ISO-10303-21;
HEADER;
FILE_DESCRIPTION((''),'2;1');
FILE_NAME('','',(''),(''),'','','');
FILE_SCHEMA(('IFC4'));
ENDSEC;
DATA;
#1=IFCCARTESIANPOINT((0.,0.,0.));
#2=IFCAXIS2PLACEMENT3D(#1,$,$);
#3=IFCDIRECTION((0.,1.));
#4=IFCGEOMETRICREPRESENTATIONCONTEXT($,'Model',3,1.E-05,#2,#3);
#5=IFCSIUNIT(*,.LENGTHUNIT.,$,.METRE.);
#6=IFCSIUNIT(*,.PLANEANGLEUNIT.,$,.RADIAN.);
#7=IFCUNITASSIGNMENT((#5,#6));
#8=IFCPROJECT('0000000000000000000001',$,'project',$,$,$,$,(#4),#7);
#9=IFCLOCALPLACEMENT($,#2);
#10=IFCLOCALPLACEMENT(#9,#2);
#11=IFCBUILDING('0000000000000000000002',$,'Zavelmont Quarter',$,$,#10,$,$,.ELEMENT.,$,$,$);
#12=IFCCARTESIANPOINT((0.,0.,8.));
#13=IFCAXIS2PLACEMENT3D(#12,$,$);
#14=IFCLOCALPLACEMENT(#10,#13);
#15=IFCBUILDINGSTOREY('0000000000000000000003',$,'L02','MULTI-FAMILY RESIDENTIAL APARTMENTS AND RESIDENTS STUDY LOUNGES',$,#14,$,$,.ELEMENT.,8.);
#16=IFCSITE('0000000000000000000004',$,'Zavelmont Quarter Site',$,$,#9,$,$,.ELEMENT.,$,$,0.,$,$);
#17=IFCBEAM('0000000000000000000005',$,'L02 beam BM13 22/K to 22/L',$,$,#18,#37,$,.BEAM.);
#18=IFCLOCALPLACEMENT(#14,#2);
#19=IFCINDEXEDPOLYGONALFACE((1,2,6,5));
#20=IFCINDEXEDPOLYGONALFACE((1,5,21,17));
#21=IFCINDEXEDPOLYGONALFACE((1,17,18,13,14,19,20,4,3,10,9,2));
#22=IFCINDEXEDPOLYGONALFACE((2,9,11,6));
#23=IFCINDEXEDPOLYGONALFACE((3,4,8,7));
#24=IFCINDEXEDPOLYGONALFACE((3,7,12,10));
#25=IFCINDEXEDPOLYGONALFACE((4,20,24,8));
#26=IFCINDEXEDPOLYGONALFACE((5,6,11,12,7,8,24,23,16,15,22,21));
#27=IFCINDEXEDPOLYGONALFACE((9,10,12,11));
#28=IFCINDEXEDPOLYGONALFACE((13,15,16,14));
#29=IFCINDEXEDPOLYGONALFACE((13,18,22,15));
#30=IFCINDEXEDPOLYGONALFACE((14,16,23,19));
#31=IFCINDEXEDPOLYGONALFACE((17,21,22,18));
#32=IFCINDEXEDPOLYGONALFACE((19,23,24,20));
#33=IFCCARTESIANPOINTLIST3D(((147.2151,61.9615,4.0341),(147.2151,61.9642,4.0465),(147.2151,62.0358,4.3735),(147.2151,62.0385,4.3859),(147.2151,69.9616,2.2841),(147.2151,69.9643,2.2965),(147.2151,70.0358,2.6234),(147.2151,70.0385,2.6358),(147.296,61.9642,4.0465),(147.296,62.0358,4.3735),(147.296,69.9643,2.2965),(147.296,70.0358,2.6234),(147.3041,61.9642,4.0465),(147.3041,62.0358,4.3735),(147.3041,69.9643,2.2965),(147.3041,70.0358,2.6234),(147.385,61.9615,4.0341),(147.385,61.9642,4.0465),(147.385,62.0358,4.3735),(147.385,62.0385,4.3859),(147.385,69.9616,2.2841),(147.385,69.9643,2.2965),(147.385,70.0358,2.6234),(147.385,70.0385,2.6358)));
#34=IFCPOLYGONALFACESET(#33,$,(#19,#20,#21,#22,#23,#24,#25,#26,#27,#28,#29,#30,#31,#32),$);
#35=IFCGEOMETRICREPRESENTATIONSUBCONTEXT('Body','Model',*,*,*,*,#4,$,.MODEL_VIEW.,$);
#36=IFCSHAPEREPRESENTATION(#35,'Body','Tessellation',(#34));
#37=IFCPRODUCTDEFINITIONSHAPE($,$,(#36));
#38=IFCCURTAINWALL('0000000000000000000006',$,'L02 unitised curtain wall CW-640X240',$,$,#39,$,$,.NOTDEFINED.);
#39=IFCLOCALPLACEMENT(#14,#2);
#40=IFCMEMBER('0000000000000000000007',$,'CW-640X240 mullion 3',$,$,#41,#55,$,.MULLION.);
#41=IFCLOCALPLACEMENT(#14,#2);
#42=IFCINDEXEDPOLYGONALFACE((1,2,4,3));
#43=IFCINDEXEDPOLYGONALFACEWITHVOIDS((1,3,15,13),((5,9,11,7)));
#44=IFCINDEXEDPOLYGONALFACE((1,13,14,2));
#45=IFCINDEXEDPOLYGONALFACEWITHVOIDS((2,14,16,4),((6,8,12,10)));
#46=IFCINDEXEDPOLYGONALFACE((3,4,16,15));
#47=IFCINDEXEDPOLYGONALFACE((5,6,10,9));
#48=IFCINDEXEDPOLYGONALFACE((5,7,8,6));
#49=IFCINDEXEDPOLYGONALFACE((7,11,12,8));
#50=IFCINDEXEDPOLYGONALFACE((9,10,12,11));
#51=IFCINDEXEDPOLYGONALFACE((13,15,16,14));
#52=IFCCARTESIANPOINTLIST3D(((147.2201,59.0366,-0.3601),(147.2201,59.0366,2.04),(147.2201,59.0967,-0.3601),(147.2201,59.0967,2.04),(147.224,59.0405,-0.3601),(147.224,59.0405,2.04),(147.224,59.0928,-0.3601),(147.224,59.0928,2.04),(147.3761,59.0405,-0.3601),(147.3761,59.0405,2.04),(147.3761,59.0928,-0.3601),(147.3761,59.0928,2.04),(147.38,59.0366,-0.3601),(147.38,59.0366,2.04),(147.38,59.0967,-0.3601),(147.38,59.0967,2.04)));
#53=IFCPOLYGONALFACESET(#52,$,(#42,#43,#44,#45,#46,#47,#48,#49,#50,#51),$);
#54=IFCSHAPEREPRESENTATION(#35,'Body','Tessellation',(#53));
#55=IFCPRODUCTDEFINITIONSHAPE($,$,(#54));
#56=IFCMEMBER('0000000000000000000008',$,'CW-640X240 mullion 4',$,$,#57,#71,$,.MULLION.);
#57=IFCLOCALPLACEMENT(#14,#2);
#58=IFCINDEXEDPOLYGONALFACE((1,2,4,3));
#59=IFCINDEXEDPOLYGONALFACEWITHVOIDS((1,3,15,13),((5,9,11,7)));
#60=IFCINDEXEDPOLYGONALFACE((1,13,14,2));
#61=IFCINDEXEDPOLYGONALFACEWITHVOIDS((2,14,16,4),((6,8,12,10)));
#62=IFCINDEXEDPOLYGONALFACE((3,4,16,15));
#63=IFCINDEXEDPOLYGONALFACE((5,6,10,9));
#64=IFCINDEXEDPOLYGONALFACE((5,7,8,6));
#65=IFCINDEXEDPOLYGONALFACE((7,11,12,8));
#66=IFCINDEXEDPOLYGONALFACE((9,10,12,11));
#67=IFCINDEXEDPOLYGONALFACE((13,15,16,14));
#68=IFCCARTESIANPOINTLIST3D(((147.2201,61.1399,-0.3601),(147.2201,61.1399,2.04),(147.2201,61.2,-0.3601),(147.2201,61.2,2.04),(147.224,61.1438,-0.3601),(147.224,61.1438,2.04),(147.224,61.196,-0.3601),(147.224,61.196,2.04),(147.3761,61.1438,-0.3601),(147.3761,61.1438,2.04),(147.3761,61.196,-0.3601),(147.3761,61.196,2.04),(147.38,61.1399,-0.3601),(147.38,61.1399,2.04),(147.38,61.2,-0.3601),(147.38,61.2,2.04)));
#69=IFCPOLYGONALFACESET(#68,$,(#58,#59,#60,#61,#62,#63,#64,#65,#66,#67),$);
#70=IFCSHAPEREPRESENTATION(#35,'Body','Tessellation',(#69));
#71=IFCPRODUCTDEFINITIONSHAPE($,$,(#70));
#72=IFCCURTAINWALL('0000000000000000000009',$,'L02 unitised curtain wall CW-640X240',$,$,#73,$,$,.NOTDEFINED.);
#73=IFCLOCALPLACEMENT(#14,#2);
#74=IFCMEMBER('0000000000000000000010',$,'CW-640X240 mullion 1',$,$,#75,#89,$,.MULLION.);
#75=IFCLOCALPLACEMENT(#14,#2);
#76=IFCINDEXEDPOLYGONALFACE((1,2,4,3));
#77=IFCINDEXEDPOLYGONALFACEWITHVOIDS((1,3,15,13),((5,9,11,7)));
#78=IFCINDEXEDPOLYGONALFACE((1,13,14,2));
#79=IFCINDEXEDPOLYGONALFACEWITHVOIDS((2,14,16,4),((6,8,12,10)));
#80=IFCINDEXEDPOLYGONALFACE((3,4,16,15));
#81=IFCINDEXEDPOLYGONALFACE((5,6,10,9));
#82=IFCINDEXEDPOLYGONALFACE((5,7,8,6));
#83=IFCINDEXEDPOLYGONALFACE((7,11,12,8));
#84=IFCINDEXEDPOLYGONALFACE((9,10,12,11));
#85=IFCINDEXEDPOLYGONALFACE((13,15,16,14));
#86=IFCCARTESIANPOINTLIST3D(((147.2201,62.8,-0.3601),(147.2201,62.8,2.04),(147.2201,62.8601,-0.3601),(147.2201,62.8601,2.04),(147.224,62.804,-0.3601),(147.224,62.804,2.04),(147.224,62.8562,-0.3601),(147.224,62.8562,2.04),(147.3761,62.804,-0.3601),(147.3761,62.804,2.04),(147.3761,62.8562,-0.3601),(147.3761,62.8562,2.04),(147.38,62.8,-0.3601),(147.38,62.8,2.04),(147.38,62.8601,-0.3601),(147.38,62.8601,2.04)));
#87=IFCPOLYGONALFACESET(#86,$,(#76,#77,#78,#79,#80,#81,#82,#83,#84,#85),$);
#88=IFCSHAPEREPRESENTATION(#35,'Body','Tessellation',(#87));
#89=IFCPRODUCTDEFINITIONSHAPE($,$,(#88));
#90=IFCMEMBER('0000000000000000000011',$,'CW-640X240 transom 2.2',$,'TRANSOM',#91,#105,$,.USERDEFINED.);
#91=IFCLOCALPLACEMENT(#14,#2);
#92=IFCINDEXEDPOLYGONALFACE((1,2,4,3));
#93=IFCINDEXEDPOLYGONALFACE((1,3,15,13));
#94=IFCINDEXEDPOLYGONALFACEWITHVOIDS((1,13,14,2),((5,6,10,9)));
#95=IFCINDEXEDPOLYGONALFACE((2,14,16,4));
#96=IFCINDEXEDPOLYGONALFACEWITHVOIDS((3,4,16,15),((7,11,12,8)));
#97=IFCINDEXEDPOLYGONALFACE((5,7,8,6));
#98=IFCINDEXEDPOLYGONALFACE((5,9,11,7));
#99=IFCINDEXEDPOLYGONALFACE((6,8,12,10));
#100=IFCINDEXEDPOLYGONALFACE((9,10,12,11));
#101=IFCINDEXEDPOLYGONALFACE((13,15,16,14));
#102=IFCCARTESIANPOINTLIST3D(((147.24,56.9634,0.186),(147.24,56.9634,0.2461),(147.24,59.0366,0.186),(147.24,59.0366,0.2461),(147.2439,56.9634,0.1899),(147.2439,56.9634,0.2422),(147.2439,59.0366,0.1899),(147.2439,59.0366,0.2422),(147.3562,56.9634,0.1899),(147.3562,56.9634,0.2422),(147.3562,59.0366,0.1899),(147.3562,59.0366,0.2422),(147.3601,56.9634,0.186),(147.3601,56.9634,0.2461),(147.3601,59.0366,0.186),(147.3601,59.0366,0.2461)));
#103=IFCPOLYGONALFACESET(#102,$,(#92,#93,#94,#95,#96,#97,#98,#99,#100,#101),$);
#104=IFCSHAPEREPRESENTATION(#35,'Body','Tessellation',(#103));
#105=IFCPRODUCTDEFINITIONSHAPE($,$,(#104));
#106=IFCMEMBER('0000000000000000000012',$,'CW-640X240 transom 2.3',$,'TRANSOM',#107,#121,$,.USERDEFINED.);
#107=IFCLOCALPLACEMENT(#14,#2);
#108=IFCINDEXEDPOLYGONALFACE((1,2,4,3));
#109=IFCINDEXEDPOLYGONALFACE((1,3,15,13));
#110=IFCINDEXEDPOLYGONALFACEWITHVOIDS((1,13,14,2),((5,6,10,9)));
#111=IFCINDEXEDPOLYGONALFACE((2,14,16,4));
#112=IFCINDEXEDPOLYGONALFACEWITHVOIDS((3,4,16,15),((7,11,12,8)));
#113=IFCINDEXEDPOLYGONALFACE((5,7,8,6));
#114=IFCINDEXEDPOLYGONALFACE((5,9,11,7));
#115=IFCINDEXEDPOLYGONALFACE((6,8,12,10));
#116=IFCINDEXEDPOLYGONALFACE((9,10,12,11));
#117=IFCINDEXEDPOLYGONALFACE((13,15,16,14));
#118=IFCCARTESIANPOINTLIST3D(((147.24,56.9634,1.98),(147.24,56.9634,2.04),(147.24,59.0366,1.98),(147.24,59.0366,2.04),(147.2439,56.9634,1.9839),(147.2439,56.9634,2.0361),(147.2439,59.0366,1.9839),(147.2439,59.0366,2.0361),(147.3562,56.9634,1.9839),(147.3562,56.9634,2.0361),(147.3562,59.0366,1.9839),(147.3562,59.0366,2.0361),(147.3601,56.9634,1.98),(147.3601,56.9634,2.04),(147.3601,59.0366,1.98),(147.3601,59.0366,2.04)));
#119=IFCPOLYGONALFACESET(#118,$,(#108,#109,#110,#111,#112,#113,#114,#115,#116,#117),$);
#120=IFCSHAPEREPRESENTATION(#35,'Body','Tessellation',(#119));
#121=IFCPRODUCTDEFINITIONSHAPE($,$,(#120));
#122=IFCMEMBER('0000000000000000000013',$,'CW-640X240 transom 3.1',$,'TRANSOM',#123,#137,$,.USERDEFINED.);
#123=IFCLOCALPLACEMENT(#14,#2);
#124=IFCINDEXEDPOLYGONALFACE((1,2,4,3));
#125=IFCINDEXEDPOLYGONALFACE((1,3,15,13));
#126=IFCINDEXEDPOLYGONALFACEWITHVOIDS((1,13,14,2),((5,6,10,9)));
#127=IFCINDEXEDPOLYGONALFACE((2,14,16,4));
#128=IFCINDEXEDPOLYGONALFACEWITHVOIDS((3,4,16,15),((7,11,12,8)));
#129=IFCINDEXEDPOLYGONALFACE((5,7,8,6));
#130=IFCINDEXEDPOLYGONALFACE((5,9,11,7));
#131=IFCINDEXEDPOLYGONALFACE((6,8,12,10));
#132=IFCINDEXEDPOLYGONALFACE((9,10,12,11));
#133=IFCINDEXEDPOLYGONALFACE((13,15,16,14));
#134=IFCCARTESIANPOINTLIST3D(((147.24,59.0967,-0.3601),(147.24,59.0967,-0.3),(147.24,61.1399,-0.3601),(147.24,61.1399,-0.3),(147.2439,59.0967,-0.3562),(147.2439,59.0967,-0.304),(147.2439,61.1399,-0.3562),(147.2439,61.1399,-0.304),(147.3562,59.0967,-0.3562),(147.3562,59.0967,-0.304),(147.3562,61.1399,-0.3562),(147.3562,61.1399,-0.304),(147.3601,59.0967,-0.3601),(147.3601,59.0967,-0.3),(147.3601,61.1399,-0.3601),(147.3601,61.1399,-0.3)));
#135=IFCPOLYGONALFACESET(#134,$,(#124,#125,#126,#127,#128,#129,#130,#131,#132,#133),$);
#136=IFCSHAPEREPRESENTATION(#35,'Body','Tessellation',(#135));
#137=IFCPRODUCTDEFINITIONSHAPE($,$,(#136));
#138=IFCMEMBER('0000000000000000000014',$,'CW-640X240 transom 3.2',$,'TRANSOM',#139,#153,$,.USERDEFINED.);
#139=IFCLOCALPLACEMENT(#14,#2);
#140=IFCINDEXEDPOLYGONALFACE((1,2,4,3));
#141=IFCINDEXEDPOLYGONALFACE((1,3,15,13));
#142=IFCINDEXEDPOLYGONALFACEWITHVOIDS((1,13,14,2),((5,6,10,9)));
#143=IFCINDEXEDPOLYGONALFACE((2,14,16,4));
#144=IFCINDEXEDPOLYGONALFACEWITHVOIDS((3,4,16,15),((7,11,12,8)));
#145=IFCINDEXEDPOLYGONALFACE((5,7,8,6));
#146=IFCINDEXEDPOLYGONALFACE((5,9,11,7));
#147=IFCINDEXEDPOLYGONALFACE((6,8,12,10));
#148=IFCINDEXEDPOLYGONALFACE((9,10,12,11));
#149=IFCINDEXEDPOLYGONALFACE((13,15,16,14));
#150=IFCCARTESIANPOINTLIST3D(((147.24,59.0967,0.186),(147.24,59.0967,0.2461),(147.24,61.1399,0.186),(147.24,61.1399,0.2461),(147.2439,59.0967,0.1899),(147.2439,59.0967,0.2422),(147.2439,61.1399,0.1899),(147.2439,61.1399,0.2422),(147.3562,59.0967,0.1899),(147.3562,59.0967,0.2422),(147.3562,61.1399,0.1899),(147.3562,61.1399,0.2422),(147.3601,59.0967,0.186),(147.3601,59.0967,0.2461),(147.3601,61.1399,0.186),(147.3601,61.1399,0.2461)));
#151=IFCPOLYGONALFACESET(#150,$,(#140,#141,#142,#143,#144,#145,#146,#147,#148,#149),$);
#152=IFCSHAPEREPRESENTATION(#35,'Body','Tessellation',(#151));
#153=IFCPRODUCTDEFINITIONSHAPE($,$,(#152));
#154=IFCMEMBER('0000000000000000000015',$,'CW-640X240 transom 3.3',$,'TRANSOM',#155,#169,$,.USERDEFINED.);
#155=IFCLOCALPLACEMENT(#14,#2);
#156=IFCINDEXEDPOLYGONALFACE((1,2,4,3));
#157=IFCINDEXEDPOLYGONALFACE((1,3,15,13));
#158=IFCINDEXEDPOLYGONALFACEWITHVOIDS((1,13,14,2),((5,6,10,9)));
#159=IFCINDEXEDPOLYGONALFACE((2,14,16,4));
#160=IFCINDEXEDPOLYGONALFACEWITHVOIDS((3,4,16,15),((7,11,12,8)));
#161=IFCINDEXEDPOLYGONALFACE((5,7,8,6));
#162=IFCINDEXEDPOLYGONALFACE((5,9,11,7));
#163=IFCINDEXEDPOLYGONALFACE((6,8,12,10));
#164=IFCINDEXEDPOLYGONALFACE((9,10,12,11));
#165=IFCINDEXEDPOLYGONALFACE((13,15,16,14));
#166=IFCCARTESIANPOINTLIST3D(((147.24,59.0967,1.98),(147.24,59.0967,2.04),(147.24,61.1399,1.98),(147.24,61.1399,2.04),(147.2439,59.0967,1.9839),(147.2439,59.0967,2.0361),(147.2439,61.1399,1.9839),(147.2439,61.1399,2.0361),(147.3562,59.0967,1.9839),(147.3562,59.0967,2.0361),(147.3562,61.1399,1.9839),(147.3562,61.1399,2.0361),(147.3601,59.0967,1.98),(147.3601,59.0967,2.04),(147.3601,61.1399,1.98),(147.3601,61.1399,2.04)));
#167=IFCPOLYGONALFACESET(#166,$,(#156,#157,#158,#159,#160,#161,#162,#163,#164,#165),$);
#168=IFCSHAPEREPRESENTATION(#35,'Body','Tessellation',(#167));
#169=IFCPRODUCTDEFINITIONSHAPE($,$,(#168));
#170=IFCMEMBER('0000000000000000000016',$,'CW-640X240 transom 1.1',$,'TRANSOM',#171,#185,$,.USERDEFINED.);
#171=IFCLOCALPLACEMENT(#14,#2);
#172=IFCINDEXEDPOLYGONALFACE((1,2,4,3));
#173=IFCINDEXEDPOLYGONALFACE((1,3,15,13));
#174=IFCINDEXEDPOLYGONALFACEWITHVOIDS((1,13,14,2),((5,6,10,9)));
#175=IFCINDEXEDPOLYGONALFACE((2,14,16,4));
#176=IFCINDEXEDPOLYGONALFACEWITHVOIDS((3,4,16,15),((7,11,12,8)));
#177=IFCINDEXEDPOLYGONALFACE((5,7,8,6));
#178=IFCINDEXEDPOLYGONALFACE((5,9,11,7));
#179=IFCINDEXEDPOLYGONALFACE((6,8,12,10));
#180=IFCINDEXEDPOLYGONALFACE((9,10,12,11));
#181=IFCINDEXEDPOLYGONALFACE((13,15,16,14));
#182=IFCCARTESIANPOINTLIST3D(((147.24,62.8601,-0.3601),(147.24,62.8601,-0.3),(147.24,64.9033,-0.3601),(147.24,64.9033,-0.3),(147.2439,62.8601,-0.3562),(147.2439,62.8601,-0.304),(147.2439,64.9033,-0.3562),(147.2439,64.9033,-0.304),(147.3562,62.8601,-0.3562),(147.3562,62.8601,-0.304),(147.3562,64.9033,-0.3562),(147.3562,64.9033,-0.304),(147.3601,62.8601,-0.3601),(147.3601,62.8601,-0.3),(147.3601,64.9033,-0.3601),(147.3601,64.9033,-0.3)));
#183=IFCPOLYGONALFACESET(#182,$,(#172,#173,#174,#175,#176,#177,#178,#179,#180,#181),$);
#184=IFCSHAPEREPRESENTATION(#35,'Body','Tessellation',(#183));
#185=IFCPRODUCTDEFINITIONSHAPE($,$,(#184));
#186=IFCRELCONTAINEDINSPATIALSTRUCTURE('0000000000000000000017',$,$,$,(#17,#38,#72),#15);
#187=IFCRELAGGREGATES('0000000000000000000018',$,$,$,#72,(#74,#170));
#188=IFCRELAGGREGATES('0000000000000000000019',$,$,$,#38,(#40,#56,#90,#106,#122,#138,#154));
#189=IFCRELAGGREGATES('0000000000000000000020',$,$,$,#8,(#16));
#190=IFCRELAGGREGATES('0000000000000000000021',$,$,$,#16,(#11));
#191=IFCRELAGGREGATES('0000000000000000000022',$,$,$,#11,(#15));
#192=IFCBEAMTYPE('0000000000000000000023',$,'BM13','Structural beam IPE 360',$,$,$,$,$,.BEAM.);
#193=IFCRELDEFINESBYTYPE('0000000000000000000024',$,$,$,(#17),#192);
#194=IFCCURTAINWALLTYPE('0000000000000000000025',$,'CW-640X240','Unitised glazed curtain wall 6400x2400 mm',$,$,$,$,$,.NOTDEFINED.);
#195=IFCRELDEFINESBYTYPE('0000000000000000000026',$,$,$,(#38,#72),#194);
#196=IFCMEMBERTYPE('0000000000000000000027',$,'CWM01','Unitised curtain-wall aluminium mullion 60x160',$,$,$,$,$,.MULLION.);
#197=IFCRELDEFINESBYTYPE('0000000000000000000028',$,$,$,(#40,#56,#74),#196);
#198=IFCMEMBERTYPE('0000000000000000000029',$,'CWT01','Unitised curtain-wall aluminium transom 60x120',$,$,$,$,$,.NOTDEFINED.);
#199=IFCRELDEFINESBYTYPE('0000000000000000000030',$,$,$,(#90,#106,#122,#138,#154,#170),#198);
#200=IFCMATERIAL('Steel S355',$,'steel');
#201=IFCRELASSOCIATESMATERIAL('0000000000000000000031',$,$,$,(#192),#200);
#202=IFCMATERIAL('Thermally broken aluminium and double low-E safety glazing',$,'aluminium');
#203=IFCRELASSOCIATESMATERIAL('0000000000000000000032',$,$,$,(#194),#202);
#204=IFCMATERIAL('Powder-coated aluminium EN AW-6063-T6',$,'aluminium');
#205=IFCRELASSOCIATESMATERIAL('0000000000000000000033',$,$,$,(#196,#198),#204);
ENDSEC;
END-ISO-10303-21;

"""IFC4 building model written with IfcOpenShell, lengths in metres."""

from ifc_helpers import new_model, si_unit, direction, frame, origin, origin_2d, place, context, subcontext, project, spatial, hollow_rectangle, i_section, extrude, material, material_profile, profile_set, type_object, element, aggregate, save


model = new_model("IFC4")

# Units and contexts
model_context = context("Model", 3, precision=1e-05, world=origin(), true_north=direction((0.0, 1.0)))
body_context = subcontext(model_context, "Body", "Model", "MODEL_VIEW")
ifc_project = project(units=[si_unit("LENGTHUNIT", "METRE"), si_unit("PLANEANGLEUNIT", "RADIAN")], contexts=[model_context])

# Site, building, storey
site_placement = place(None, origin())
site = spatial("IfcSite", under=ifc_project, at=site_placement, Name="Zavelmont Quarter Site", CompositionType="ELEMENT", RefElevation=0.0)
building_placement = place(site_placement, origin())
building = spatial("IfcBuilding", under=site, at=building_placement, Name="Zavelmont Quarter", CompositionType="ELEMENT")
storey_placement = place(building_placement, frame((0.0, 0.0, 8.0)))
storey = spatial("IfcBuildingStorey", under=building, at=storey_placement, Name="L02", Description="MULTI-FAMILY RESIDENTIAL APARTMENTS AND RESIDENTS STUDY LOUNGES", CompositionType="ELEMENT", Elevation=8.0)

# Shared definitions
ifc_material_1 = material(Name="Steel S355", Category="steel")

# Beam
ifc_material_profile_1 = material_profile(ifc_material_1, i_section(OverallWidth=0.1699, OverallDepth=0.3601, WebThickness=0.0081, FlangeThickness=0.0127, at=origin_2d()), Name="IPE 360")
ifc_profile_set_1 = profile_set([ifc_material_profile_1], Name="Steel S355")
beam_type_1 = type_object("IfcBeamType", Name="BM13", Description="Structural beam IPE 360", PredefinedType="BEAM", material=ifc_profile_set_1)
for number, where, z_axis, x_axis, name in (
    (1, (147.3, 62.0, 4.21), (0.0, 0.9769, -0.213697), (-1.0, 0.0, 0.0), "L02 beam BM13 22/K to 22/L"),
):
    element("IfcBeam", number, at=place(storey_placement, frame(where, z_axis=z_axis, x_axis=x_axis)), inside=storey, type_object=beam_type_1, Name=name, PredefinedType="BEAM", context=body_context, shape_type="SweptSolid", body=[
        extrude(i_section(OverallWidth=0.1699, OverallDepth=0.3601, WebThickness=0.0081, FlangeThickness=0.0127, at=origin_2d()), origin(), (0.0, 0.0, 1.0), 8.1892),
    ])

# Curtain wall, members
ifc_material_2 = material(Name="Thermally broken aluminium and double low-E safety glazing", Category="aluminium")
curtain_wall_type = type_object("IfcCurtainWallType", Name="CW-640X240", Description="Unitised glazed curtain wall 6400x2400 mm", PredefinedType="NOTDEFINED", material=ifc_material_2)
curtain_wall_1_placement = place(storey_placement, origin())
curtain_wall_1 = element("IfcCurtainWall", 2, at=curtain_wall_1_placement, inside=storey, type_object=curtain_wall_type, Name="L02 unitised curtain wall CW-640X240", PredefinedType="NOTDEFINED")
ifc_material_3 = material(Name="Powder-coated aluminium EN AW-6063-T6", Category="aluminium")
ifc_material_profile_2 = material_profile(ifc_material_3, hollow_rectangle(XDim=0.0601, YDim=0.1599, WallThickness=0.0039, at=origin_2d()), Name="CWM60X160")
ifc_profile_set_2 = profile_set([ifc_material_profile_2], Name="Powder-coated aluminium EN AW-6063-T6")
member_type_1 = type_object("IfcMemberType", Name="CWM01", Description="Unitised curtain-wall aluminium mullion 60x160", PredefinedType="MULLION", material=ifc_profile_set_2)
member_1_placement = place(storey_placement, frame((147.3, 59.0667, -0.3601), z_axis=(0.0, 0.0, 1.0), x_axis=(0.0, 1.0, 0.0)))
member_1 = element("IfcMember", 3, at=member_1_placement, type_object=member_type_1, Name="CW-640X240 mullion 3", PredefinedType="MULLION", context=body_context, shape_type="SweptSolid", body=[
    extrude(hollow_rectangle(XDim=0.0601, YDim=0.1599, WallThickness=0.0039, at=origin_2d()), origin(), (0.0, 0.0, 1.0), 2.4001),
])
member_2_placement = place(storey_placement, frame((147.3, 61.1699, -0.3601), z_axis=(0.0, 0.0, 1.0), x_axis=(0.0, 1.0, 0.0)))
member_2 = element("IfcMember", 4, at=member_2_placement, type_object=member_type_1, Name="CW-640X240 mullion 4", PredefinedType="MULLION", context=body_context, shape_type="SweptSolid", body=[
    extrude(hollow_rectangle(XDim=0.0601, YDim=0.1599, WallThickness=0.0039, at=origin_2d()), origin(), (0.0, 0.0, 1.0), 2.4001),
])

# Curtain wall, member
curtain_wall_2_placement = place(storey_placement, origin())
curtain_wall_2 = element("IfcCurtainWall", 5, at=curtain_wall_2_placement, inside=storey, type_object=curtain_wall_type, Name="L02 unitised curtain wall CW-640X240", PredefinedType="NOTDEFINED")
member_3_placement = place(storey_placement, frame((147.3, 62.8301, -0.3601), z_axis=(0.0, 0.0, 1.0), x_axis=(0.0, 1.0, 0.0)))
member_3 = element("IfcMember", 6, at=member_3_placement, type_object=member_type_1, Name="CW-640X240 mullion 1", PredefinedType="MULLION", context=body_context, shape_type="SweptSolid", body=[
    extrude(hollow_rectangle(XDim=0.0601, YDim=0.1599, WallThickness=0.0039, at=origin_2d()), origin(), (0.0, 0.0, 1.0), 2.4001),
])

# Members
ifc_material_profile_3 = material_profile(ifc_material_3, hollow_rectangle(XDim=0.1201, YDim=0.0601, WallThickness=0.0039, at=origin_2d()), Name="CWT60X120")
ifc_profile_set_3 = profile_set([ifc_material_profile_3], Name="Powder-coated aluminium EN AW-6063-T6")
member_type_2 = type_object("IfcMemberType", Name="CWT01", Description="Unitised curtain-wall aluminium transom 60x120", PredefinedType="NOTDEFINED", material=ifc_profile_set_3)
member_4_placement = place(storey_placement, frame((147.3, 56.9634, 0.2161), z_axis=(0.0, 1.0, 0.0), x_axis=(-1.0, 0.0, 0.0)))
member_4 = element("IfcMember", 7, at=member_4_placement, type_object=member_type_2, Name="CW-640X240 transom 2.2", ObjectType="TRANSOM", PredefinedType="USERDEFINED", context=body_context, shape_type="SweptSolid", body=[
    extrude(hollow_rectangle(XDim=0.1201, YDim=0.0601, WallThickness=0.0039, at=origin_2d()), origin(), (0.0, 0.0, 1.0), 2.0732),
])
member_5_placement = place(storey_placement, frame((147.3, 56.9634, 2.01), z_axis=(0.0, 1.0, 0.0), x_axis=(-1.0, 0.0, 0.0)))
member_5 = element("IfcMember", 8, at=member_5_placement, type_object=member_type_2, Name="CW-640X240 transom 2.3", ObjectType="TRANSOM", PredefinedType="USERDEFINED", context=body_context, shape_type="SweptSolid", body=[
    extrude(hollow_rectangle(XDim=0.1201, YDim=0.0601, WallThickness=0.0039, at=origin_2d()), origin(), (0.0, 0.0, 1.0), 2.0732),
])
member_6_placement = place(storey_placement, frame((147.3, 59.0967, -0.3301), z_axis=(0.0, 1.0, 0.0), x_axis=(-1.0, 0.0, 0.0)))
member_6 = element("IfcMember", 9, at=member_6_placement, type_object=member_type_2, Name="CW-640X240 transom 3.1", ObjectType="TRANSOM", PredefinedType="USERDEFINED", context=body_context, shape_type="SweptSolid", body=[
    extrude(hollow_rectangle(XDim=0.1201, YDim=0.0601, WallThickness=0.0039, at=origin_2d()), origin(), (0.0, 0.0, 1.0), 2.0432),
])
member_7_placement = place(storey_placement, frame((147.3, 59.0967, 0.2161), z_axis=(0.0, 1.0, 0.0), x_axis=(-1.0, 0.0, 0.0)))
member_7 = element("IfcMember", 10, at=member_7_placement, type_object=member_type_2, Name="CW-640X240 transom 3.2", ObjectType="TRANSOM", PredefinedType="USERDEFINED", context=body_context, shape_type="SweptSolid", body=[
    extrude(hollow_rectangle(XDim=0.1201, YDim=0.0601, WallThickness=0.0039, at=origin_2d()), origin(), (0.0, 0.0, 1.0), 2.0432),
])
member_8_placement = place(storey_placement, frame((147.3, 59.0967, 2.01), z_axis=(0.0, 1.0, 0.0), x_axis=(-1.0, 0.0, 0.0)))
member_8 = element("IfcMember", 11, at=member_8_placement, type_object=member_type_2, Name="CW-640X240 transom 3.3", ObjectType="TRANSOM", PredefinedType="USERDEFINED", context=body_context, shape_type="SweptSolid", body=[
    extrude(hollow_rectangle(XDim=0.1201, YDim=0.0601, WallThickness=0.0039, at=origin_2d()), origin(), (0.0, 0.0, 1.0), 2.0432),
])
member_9_placement = place(storey_placement, frame((147.3, 62.8601, -0.3301), z_axis=(0.0, 1.0, 0.0), x_axis=(-1.0, 0.0, 0.0)))
member_9 = element("IfcMember", 12, at=member_9_placement, type_object=member_type_2, Name="CW-640X240 transom 1.1", ObjectType="TRANSOM", PredefinedType="USERDEFINED", context=body_context, shape_type="SweptSolid", body=[
    extrude(hollow_rectangle(XDim=0.1201, YDim=0.0601, WallThickness=0.0039, at=origin_2d()), origin(), (0.0, 0.0, 1.0), 2.0432),
])
aggregate(curtain_wall_2, [member_3, member_9])

aggregate(curtain_wall_1, [member_1, member_2, member_4, member_5, member_6, member_7, member_8])

save(model, "model.ifc")
